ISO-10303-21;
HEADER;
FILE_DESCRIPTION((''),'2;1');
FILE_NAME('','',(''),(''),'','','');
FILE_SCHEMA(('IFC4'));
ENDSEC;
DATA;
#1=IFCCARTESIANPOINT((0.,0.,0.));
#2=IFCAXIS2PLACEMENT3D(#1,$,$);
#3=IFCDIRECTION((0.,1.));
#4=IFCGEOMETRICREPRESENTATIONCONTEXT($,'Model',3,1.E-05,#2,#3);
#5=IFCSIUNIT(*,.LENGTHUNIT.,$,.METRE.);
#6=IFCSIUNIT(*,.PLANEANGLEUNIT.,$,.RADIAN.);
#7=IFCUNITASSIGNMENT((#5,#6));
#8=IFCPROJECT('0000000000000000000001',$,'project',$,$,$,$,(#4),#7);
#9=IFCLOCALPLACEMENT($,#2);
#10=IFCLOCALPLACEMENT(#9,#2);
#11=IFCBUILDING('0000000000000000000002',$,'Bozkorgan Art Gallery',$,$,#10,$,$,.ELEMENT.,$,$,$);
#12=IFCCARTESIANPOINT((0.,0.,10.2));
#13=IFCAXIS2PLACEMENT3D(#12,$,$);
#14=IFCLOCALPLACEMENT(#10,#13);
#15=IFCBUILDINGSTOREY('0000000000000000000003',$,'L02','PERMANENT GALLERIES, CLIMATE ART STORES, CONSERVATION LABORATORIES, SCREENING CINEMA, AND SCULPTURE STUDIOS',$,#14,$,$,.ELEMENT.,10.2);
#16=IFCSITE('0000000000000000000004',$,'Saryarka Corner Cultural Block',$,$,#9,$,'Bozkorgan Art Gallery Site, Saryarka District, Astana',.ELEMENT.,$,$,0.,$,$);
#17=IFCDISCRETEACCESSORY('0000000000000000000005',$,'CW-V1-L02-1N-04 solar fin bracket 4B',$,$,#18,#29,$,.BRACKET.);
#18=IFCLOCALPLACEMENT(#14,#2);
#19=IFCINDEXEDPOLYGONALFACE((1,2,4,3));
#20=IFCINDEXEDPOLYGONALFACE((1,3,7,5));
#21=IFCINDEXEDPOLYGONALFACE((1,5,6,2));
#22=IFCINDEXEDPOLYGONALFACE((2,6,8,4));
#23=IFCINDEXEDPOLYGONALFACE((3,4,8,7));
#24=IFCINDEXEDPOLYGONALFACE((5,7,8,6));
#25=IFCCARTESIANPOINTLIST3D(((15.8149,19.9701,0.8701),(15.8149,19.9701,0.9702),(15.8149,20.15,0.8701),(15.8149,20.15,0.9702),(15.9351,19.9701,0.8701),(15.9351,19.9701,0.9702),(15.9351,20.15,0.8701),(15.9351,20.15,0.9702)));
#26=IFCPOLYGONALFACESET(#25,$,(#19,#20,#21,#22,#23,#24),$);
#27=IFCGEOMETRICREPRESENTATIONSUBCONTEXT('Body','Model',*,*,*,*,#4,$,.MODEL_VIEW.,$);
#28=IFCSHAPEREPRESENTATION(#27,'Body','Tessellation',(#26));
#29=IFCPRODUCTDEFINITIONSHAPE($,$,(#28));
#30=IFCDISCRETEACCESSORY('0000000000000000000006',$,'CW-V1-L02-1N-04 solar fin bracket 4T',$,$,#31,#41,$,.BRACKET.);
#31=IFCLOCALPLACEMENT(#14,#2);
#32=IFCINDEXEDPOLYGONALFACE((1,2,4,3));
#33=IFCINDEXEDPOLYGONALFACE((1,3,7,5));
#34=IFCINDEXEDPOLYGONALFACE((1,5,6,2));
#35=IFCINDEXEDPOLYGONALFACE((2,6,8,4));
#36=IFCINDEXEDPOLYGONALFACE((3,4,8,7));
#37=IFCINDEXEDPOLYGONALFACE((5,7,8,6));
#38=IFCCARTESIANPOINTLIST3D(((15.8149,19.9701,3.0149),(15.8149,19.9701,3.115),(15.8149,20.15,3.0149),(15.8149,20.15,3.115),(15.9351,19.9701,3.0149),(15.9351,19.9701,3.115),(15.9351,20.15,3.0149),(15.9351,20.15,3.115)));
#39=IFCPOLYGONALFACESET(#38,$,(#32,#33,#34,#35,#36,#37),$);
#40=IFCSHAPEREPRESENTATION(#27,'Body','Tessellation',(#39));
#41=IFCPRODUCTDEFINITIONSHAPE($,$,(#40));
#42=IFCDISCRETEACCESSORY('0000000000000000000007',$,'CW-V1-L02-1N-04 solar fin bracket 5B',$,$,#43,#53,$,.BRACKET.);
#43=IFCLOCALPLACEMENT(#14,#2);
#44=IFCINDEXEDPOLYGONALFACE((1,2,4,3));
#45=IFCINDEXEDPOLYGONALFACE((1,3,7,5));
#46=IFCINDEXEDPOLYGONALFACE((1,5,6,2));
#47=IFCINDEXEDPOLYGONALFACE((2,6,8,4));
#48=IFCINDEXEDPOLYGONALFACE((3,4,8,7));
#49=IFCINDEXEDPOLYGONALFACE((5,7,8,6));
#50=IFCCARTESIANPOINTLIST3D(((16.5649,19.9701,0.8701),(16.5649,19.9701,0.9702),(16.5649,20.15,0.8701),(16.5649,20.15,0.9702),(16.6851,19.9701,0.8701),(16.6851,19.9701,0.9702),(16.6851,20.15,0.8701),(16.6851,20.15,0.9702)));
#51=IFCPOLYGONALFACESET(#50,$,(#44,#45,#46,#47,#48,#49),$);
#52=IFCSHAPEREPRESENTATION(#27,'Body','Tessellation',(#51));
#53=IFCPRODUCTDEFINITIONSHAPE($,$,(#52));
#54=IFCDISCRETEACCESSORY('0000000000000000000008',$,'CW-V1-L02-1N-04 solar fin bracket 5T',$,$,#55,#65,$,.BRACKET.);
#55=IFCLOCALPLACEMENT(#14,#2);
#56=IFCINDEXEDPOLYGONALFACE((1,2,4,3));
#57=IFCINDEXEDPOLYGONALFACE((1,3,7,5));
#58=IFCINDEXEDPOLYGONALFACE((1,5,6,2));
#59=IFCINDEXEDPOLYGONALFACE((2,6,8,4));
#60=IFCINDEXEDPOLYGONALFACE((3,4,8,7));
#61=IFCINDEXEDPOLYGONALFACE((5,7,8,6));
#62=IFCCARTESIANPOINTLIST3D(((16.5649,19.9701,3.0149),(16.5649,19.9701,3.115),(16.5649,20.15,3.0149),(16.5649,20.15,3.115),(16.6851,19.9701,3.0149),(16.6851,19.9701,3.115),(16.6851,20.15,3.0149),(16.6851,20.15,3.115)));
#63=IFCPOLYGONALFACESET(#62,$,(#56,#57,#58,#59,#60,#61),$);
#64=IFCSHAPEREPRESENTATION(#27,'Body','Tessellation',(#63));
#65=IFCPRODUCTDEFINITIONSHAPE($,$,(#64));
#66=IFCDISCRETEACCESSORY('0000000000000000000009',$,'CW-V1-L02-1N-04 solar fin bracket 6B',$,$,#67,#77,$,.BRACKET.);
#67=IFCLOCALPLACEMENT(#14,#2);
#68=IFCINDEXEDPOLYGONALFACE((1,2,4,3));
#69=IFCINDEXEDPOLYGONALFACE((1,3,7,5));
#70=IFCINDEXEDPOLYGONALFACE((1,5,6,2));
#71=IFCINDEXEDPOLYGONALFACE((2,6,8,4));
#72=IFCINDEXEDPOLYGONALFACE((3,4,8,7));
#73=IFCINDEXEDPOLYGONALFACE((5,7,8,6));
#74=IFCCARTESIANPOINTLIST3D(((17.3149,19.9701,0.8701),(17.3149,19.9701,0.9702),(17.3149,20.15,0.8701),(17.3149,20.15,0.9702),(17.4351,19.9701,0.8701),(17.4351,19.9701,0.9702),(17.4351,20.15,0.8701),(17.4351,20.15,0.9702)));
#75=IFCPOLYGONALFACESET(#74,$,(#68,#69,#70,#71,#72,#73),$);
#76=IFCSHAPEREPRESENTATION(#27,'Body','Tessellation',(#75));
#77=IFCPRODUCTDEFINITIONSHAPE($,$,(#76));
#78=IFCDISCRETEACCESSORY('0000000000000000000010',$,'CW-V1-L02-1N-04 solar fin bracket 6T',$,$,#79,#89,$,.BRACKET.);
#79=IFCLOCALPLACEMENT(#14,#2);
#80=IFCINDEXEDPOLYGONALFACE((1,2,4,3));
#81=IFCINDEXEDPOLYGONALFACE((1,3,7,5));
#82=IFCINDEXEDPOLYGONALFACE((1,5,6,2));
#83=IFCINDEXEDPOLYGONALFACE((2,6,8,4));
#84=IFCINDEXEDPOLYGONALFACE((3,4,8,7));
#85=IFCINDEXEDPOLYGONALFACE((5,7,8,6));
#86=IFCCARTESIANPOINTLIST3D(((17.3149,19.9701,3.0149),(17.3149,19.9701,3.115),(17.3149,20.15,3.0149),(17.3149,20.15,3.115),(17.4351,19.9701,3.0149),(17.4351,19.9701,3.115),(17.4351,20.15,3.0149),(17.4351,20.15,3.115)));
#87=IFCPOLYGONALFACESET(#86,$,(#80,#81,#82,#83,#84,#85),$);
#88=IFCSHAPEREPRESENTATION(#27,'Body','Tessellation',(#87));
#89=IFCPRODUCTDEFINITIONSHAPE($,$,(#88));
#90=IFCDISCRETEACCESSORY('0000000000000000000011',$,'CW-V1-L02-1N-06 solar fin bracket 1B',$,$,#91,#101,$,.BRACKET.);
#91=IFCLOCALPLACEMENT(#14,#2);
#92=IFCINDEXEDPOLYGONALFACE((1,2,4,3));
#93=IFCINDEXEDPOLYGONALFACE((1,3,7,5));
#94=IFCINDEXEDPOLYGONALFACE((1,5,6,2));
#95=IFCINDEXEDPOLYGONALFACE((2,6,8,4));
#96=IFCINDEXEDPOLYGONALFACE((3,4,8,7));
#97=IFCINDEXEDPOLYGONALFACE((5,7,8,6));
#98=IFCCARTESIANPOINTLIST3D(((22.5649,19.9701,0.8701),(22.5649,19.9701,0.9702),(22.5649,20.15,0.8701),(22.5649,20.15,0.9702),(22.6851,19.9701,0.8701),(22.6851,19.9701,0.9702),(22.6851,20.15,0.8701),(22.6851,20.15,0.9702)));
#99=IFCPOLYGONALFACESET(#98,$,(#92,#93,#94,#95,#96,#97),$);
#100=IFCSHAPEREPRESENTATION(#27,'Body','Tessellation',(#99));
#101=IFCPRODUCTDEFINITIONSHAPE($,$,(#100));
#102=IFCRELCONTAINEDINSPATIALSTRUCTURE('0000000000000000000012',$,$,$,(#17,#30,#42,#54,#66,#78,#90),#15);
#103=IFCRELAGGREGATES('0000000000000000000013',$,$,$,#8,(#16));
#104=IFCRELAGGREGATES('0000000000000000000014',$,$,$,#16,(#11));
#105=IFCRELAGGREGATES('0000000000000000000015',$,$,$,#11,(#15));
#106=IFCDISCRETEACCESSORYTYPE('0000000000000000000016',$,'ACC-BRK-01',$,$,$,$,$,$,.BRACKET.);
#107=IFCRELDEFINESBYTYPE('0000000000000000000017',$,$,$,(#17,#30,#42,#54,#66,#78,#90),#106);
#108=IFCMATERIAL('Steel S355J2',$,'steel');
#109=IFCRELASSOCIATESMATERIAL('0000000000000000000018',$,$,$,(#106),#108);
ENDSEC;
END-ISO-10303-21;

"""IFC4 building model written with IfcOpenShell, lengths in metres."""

from ifc_helpers import new_model, si_unit, direction, frame, origin, origin_2d, place, context, subcontext, project, spatial, rectangle, extrude, material, type_object, element, save


model = new_model("IFC4")

# Units and contexts
model_context = context("Model", 3, precision=1e-05, world=origin(), true_north=direction((0.0, 1.0)))
body_context = subcontext(model_context, "Body", "Model", "MODEL_VIEW")
ifc_project = project(units=[si_unit("LENGTHUNIT", "METRE"), si_unit("PLANEANGLEUNIT", "RADIAN")], contexts=[model_context])

# Site, building, storey
site_placement = place(None, origin())
site = spatial("IfcSite", under=ifc_project, at=site_placement, Name="Saryarka Corner Cultural Block", LongName="Bozkorgan Art Gallery Site, Saryarka District, Astana", CompositionType="ELEMENT", RefElevation=0.0)
building_placement = place(site_placement, origin())
building = spatial("IfcBuilding", under=site, at=building_placement, Name="Bozkorgan Art Gallery", CompositionType="ELEMENT")
storey_placement = place(building_placement, frame((0.0, 0.0, 10.2)))
storey = spatial("IfcBuildingStorey", under=building, at=storey_placement, Name="L02", Description="PERMANENT GALLERIES, CLIMATE ART STORES, CONSERVATION LABORATORIES, SCREENING CINEMA, AND SCULPTURE STUDIOS", CompositionType="ELEMENT", Elevation=10.2)

# Shared definitions
ifc_material_1 = material(Name="Steel S355J2", Category="steel")

# Discrete accessories
discrete_accessory_type = type_object("IfcDiscreteAccessoryType", Name="ACC-BRK-01", PredefinedType="BRACKET", material=ifc_material_1)
for number, where, z_axis, x_axis, name in (
    (1, (15.875, 20.0601, 0.8701), (0.0, 0.0, 1.0), (0.0, 1.0, 0.0), "CW-V1-L02-1N-04 solar fin bracket 4B"),
    (2, (15.875, 20.0601, 3.0149), (0.0, 0.0, 1.0), (0.0, 1.0, 0.0), "CW-V1-L02-1N-04 solar fin bracket 4T"),
    (3, (16.625, 20.0601, 0.8701), (0.0, 0.0, 1.0), (0.0, 1.0, 0.0), "CW-V1-L02-1N-04 solar fin bracket 5B"),
    (4, (16.625, 20.0601, 3.0149), (0.0, 0.0, 1.0), (0.0, 1.0, 0.0), "CW-V1-L02-1N-04 solar fin bracket 5T"),
    (5, (17.375, 20.0601, 0.8701), (0.0, 0.0, 1.0), (0.0, 1.0, 0.0), "CW-V1-L02-1N-04 solar fin bracket 6B"),
    (6, (17.375, 20.0601, 3.0149), (0.0, 0.0, 1.0), (0.0, 1.0, 0.0), "CW-V1-L02-1N-04 solar fin bracket 6T"),
    (7, (22.625, 20.0601, 0.8701), (0.0, 0.0, 1.0), (0.0, 1.0, 0.0), "CW-V1-L02-1N-06 solar fin bracket 1B"),
):
    element("IfcDiscreteAccessory", number, at=place(storey_placement, frame(where, z_axis=z_axis, x_axis=x_axis)), inside=storey, type_object=discrete_accessory_type, Name=name, PredefinedType="BRACKET", context=body_context, shape_type="SweptSolid", body=[
        extrude(rectangle(XDim=0.1799, YDim=0.1201, at=origin_2d()), origin(), (0.0, 0.0, 1.0), 0.1001),
    ])

save(model, "model.ifc")
